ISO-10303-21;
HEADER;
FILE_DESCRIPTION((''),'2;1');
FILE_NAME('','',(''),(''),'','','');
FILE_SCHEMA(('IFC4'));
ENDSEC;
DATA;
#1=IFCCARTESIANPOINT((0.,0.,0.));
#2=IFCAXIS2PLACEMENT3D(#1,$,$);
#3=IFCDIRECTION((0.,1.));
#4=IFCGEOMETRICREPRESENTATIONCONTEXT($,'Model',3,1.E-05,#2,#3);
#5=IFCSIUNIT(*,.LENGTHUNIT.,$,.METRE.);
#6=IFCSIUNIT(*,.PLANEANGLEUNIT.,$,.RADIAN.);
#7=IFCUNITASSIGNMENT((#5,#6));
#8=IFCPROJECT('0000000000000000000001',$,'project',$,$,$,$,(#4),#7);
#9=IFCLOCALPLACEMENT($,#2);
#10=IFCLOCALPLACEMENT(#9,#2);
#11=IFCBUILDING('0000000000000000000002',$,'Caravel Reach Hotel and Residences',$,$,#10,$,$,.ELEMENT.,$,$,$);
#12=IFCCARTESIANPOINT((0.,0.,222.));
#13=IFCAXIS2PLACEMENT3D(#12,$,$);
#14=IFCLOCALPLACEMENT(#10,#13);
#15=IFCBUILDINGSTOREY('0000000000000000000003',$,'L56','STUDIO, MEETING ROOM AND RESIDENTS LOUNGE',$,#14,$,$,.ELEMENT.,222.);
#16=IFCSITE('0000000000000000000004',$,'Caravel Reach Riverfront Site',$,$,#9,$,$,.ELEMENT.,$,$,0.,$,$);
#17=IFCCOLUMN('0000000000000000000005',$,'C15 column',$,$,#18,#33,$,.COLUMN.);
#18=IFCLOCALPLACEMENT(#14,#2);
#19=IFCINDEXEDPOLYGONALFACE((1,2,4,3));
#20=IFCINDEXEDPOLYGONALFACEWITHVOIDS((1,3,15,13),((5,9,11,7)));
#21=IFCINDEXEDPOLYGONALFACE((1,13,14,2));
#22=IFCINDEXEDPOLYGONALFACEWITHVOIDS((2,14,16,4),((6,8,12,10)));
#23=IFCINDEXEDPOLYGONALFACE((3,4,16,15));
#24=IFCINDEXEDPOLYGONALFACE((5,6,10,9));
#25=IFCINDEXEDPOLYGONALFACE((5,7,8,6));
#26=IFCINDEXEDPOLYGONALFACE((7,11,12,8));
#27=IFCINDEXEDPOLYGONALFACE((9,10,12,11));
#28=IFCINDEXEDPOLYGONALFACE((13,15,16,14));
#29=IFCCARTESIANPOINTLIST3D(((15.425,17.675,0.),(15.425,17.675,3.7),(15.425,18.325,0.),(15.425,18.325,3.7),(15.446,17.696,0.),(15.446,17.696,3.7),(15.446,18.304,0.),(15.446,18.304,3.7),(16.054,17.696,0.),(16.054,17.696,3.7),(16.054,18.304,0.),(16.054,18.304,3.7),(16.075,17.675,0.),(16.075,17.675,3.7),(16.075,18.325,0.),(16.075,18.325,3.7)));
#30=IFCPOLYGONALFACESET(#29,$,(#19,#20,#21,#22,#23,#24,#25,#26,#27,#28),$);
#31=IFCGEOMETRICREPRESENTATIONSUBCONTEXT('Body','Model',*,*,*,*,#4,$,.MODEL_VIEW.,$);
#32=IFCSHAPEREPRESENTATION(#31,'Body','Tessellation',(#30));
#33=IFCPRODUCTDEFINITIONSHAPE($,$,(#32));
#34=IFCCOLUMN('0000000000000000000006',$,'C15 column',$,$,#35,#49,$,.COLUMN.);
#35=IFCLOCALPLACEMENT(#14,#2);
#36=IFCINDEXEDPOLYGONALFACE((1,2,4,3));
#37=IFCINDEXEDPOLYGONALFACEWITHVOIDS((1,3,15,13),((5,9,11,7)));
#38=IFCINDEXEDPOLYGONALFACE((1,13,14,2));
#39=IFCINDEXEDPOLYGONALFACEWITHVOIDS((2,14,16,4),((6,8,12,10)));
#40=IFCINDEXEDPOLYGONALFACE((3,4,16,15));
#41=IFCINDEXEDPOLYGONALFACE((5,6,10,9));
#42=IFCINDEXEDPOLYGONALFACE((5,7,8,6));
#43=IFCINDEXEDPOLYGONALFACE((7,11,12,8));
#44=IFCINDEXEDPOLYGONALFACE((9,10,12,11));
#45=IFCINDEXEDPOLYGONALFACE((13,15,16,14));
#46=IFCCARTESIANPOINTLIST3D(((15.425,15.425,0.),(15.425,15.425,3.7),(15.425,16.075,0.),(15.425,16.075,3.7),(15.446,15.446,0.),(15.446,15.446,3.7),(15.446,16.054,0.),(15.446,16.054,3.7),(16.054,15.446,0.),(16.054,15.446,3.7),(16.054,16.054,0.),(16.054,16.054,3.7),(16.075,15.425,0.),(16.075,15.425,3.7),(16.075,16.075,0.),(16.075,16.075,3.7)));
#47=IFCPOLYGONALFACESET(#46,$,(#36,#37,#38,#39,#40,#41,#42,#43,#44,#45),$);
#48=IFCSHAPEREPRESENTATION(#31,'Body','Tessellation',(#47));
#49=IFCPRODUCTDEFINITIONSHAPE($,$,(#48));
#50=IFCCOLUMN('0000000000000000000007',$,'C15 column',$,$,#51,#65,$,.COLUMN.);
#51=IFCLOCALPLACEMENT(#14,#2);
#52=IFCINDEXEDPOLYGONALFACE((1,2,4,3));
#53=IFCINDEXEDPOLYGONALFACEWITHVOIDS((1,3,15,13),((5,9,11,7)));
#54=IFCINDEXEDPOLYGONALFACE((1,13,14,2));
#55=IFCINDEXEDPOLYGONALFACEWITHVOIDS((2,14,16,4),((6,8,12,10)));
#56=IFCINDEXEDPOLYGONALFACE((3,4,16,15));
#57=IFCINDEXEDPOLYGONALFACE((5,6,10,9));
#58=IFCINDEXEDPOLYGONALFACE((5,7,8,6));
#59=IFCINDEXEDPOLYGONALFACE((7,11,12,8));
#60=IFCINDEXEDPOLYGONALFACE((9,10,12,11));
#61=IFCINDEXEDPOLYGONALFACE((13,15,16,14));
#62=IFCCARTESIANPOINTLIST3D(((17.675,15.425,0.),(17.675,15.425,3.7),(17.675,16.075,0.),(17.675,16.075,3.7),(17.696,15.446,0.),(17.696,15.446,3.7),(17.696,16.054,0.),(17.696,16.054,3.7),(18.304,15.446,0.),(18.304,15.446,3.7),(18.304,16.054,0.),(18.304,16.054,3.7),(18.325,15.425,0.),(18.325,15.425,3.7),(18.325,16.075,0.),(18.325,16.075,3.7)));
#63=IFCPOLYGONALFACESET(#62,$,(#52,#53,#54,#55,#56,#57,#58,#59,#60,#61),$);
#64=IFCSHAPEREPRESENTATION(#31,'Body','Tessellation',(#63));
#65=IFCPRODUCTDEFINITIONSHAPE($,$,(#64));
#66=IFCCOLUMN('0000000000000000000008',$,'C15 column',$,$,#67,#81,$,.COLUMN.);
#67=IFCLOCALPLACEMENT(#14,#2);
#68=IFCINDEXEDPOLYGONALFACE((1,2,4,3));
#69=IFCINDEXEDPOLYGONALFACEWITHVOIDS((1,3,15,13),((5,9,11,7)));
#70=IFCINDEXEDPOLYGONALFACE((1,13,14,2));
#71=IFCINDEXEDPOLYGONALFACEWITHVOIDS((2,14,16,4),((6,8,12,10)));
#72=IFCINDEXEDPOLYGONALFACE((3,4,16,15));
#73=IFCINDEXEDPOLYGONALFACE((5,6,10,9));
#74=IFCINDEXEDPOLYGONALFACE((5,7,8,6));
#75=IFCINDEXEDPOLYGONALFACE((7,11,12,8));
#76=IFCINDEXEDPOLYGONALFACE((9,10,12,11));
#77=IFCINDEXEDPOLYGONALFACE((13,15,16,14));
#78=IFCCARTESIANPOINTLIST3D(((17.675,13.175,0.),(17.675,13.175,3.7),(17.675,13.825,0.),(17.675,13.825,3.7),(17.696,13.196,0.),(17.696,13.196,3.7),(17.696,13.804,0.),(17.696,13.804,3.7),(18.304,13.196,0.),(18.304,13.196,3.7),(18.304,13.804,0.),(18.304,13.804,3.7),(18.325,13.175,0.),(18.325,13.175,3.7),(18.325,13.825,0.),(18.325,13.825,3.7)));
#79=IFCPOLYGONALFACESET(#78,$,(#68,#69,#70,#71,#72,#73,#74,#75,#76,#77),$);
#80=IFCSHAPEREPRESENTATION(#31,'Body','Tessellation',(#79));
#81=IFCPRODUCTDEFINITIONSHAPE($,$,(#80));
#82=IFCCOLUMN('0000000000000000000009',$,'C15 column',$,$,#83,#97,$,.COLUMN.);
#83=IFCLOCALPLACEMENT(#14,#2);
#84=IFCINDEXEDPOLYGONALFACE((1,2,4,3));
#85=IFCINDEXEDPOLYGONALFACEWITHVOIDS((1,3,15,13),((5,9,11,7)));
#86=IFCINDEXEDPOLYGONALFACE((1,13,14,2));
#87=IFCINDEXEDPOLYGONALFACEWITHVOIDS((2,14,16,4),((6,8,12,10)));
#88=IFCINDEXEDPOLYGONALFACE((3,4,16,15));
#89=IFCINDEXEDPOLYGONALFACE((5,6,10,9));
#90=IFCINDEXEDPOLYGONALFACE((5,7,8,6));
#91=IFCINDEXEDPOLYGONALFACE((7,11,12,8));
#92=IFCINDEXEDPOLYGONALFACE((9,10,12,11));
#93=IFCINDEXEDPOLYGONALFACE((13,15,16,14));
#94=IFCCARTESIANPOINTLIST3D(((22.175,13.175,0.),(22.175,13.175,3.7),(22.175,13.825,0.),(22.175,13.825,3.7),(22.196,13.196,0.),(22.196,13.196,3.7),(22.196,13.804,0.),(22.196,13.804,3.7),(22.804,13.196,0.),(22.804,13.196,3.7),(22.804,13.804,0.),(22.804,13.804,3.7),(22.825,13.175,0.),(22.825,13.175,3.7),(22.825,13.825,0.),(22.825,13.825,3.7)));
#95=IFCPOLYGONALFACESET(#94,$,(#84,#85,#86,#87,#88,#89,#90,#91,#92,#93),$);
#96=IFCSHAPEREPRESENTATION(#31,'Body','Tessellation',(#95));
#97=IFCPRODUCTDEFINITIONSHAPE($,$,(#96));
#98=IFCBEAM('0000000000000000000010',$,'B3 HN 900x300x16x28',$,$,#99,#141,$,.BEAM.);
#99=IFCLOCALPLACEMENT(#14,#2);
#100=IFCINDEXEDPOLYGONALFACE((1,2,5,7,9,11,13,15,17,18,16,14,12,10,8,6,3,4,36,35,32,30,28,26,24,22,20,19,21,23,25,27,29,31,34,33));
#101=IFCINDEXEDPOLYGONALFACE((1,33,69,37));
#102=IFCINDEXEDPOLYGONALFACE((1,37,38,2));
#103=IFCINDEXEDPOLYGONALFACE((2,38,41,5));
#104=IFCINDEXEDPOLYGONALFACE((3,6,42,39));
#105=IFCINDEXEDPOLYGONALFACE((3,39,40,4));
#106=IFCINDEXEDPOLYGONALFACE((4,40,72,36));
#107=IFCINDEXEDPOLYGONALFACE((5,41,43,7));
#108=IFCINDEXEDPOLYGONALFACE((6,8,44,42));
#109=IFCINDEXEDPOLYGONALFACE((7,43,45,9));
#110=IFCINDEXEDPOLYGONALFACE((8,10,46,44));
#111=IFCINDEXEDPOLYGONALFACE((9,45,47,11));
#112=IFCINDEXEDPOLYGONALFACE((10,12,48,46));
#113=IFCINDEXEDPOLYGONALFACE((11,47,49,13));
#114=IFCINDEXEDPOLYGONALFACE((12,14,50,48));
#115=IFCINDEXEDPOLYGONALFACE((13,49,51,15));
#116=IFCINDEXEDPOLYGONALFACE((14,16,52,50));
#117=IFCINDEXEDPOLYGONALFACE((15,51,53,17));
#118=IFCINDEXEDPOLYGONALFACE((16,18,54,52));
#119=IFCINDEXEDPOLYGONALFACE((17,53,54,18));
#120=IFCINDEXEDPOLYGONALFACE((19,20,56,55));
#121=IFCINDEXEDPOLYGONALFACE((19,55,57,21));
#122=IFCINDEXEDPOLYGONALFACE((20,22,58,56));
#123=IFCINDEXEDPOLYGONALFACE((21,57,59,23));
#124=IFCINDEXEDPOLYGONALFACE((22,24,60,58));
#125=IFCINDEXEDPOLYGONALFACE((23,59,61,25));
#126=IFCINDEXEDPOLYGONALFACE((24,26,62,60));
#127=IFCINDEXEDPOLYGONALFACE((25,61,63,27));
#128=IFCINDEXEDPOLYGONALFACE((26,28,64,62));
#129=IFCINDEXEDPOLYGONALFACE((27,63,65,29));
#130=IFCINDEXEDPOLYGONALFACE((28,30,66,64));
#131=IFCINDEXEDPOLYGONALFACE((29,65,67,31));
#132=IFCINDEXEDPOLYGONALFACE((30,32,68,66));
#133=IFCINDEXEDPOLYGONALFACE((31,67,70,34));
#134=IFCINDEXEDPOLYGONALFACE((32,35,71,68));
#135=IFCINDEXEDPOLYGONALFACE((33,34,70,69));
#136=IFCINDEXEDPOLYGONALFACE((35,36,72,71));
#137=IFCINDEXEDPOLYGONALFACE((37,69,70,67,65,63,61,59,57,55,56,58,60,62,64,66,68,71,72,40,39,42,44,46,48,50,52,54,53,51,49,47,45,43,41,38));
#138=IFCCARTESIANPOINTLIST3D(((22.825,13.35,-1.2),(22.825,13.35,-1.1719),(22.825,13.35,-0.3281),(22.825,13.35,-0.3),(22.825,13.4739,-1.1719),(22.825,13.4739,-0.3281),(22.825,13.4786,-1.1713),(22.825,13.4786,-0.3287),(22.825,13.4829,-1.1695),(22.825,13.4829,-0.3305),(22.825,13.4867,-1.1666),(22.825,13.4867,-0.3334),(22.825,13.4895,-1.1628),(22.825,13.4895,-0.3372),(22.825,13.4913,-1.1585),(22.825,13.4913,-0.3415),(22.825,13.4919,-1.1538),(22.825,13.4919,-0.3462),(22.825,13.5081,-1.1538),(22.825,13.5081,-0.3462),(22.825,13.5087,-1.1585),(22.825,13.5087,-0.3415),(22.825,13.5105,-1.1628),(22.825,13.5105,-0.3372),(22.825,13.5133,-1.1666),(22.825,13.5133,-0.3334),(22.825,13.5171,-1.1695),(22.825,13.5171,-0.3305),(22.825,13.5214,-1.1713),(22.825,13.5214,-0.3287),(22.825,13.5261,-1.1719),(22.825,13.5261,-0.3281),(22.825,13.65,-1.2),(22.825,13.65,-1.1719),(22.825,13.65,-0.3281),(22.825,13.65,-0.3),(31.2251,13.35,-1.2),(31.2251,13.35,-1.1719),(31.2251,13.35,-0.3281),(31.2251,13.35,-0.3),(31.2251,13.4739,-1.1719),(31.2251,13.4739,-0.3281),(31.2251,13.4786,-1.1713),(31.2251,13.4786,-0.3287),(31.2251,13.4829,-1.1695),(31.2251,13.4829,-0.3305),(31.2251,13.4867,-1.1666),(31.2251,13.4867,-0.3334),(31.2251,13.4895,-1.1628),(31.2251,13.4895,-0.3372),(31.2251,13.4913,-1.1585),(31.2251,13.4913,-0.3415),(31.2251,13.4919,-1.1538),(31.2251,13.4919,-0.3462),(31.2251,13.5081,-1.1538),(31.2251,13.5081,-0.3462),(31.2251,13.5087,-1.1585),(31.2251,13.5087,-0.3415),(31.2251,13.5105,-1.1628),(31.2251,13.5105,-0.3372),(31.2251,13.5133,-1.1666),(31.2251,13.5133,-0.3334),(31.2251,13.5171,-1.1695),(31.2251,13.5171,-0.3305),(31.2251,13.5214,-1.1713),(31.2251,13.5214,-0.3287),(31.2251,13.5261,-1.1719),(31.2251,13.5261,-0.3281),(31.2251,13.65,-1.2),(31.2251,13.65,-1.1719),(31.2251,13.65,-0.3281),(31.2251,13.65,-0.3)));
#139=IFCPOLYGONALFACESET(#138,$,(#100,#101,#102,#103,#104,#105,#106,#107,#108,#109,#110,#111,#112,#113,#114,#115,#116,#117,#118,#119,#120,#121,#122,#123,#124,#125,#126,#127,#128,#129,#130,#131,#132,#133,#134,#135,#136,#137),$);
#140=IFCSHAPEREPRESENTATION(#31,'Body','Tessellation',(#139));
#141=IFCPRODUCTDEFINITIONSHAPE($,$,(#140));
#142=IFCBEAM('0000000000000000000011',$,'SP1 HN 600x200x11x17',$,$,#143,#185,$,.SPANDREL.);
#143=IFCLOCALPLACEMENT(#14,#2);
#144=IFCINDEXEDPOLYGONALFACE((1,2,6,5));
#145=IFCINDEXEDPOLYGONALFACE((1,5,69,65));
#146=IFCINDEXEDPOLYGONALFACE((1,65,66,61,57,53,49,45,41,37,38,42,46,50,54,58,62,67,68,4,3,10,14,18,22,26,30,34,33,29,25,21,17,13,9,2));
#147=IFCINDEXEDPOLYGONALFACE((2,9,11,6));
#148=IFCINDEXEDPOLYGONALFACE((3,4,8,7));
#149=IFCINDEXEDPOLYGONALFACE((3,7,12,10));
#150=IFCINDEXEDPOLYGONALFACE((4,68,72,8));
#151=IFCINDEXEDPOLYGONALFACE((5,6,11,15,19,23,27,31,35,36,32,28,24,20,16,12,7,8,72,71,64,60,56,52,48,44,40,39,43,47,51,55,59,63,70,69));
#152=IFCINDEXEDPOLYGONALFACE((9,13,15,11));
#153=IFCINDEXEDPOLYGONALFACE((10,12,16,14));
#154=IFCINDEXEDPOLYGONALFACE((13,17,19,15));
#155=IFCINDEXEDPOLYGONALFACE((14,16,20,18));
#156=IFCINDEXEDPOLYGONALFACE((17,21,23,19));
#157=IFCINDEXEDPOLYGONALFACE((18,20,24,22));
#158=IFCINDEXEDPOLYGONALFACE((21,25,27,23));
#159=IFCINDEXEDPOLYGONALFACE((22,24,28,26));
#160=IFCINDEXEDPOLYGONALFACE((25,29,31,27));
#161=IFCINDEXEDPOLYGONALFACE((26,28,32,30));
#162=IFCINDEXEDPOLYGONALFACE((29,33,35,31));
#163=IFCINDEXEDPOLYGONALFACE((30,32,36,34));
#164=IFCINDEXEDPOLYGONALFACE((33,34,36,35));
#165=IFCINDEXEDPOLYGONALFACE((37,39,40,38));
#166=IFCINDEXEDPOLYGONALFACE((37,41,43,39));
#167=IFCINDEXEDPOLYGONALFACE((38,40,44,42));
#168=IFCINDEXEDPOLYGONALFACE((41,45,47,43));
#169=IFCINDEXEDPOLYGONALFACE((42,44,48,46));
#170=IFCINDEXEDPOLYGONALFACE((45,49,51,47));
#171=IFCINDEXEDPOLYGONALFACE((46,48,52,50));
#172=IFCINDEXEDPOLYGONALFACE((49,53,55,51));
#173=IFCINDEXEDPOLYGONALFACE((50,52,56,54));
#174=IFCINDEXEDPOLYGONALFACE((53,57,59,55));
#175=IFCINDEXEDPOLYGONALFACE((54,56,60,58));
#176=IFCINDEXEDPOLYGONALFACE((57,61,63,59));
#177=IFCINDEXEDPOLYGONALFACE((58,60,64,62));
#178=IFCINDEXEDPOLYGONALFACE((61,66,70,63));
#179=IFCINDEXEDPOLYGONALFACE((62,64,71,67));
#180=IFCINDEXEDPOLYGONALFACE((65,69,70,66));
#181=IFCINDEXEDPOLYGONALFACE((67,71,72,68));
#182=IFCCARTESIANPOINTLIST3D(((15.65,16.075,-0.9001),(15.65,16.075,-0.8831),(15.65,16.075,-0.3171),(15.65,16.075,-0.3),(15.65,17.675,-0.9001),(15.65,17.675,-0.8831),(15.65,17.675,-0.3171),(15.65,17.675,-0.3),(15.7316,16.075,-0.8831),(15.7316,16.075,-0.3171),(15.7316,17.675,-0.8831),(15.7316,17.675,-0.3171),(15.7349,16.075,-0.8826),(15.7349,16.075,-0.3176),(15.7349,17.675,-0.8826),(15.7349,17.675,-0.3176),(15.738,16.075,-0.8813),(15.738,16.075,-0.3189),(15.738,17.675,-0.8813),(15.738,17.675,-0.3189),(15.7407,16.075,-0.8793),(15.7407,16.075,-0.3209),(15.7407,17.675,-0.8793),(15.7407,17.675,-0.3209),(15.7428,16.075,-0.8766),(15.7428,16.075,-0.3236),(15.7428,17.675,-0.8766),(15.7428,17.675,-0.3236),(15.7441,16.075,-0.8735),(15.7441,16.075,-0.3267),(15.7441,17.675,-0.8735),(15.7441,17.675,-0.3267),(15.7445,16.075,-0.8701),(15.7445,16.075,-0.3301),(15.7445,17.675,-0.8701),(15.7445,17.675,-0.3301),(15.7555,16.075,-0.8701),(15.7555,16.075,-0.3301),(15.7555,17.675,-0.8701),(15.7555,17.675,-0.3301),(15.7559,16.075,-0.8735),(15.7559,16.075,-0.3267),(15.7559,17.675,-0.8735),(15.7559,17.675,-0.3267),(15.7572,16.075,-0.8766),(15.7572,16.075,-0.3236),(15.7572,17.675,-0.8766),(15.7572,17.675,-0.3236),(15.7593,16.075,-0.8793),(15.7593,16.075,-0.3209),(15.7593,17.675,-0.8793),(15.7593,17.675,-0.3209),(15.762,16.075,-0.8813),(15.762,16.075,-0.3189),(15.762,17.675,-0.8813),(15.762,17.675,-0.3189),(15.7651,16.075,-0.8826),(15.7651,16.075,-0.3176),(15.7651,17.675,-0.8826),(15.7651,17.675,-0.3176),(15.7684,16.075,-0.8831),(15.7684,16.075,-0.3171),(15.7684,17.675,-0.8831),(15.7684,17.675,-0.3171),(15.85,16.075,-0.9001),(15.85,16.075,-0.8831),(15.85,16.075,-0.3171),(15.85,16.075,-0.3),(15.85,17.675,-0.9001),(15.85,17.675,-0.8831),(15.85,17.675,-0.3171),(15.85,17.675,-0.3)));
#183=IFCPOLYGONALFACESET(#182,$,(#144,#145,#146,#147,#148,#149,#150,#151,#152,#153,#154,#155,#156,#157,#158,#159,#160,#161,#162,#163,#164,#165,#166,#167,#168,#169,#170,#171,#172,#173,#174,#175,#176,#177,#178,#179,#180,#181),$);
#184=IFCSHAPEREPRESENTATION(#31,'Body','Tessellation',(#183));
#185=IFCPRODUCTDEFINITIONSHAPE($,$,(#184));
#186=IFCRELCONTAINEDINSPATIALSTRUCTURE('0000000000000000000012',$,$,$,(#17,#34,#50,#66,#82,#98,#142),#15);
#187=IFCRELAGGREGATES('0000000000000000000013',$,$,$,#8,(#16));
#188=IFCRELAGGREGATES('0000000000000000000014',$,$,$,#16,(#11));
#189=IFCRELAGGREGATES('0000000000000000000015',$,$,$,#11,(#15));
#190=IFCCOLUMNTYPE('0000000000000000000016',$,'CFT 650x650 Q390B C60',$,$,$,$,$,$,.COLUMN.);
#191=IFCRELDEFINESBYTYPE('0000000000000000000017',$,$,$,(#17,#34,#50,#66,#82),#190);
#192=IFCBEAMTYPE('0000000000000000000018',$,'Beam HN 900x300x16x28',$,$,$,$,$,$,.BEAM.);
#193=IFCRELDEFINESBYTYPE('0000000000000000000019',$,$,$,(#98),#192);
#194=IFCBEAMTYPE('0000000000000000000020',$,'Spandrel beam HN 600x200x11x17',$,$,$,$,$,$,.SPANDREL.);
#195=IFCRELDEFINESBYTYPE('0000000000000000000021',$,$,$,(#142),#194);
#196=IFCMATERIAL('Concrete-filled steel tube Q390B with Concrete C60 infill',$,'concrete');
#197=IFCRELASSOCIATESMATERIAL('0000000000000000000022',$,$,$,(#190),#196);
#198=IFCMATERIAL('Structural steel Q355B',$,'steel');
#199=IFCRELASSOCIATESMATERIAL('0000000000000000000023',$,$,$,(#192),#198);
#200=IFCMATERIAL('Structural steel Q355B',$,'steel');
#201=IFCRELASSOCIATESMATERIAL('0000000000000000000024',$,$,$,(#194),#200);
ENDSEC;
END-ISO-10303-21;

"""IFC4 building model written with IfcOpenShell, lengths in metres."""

from ifc_helpers import new_model, si_unit, direction, frame, origin, origin_2d, place, context, subcontext, project, spatial, hollow_rectangle, i_section, extrude, material, material_profile, profile_set, type_object, element, save


model = new_model("IFC4")

# Units and contexts
model_context = context("Model", 3, precision=1e-05, world=origin(), true_north=direction((0.0, 1.0)))
body_context = subcontext(model_context, "Body", "Model", "MODEL_VIEW")
ifc_project = project(units=[si_unit("LENGTHUNIT", "METRE"), si_unit("PLANEANGLEUNIT", "RADIAN")], contexts=[model_context])

# Site, building, storey
site_placement = place(None, origin())
site = spatial("IfcSite", under=ifc_project, at=site_placement, Name="Caravel Reach Riverfront Site", CompositionType="ELEMENT", RefElevation=0.0)
building_placement = place(site_placement, origin())
building = spatial("IfcBuilding", under=site, at=building_placement, Name="Caravel Reach Hotel and Residences", CompositionType="ELEMENT")
storey_placement = place(building_placement, frame((0.0, 0.0, 222.0)))
storey = spatial("IfcBuildingStorey", under=building, at=storey_placement, Name="L56", Description="STUDIO, MEETING ROOM AND RESIDENTS LOUNGE", CompositionType="ELEMENT", Elevation=222.0)

# Columns
ifc_material_1 = material(Name="Concrete-filled steel tube Q390B with Concrete C60 infill", Category="concrete")
ifc_material_profile_1 = material_profile(ifc_material_1, hollow_rectangle(XDim=0.6499, YDim=0.6499, WallThickness=0.021, at=origin_2d()), Name="RHS 650x650x21")
ifc_profile_set_1 = profile_set([ifc_material_profile_1], Name="Concrete-filled steel tube Q390B with Concrete C60 infill")
column_type = type_object("IfcColumnType", Name="CFT 650x650 Q390B C60", PredefinedType="COLUMN", material=ifc_profile_set_1)
for number, where, z_axis, x_axis, name in (
    (1, (15.75, 18.0, 0.0), (0.0, 0.0, 1.0), (1.0, 0.0, 0.0), "C15 column"),
    (2, (15.75, 15.75, 0.0), (0.0, 0.0, 1.0), (1.0, 0.0, 0.0), "C15 column"),
    (3, (18.0, 15.75, 0.0), (0.0, 0.0, 1.0), (1.0, 0.0, 0.0), "C15 column"),
    (4, (18.0, 13.5, 0.0), (0.0, 0.0, 1.0), (1.0, 0.0, 0.0), "C15 column"),
    (5, (22.5, 13.5, 0.0), (0.0, 0.0, 1.0), (1.0, 0.0, 0.0), "C15 column"),
):
    element("IfcColumn", number, at=place(storey_placement, frame(where, z_axis=z_axis, x_axis=x_axis)), inside=storey, type_object=column_type, Name=name, PredefinedType="COLUMN", context=body_context, shape_type="SweptSolid", body=[
        extrude(hollow_rectangle(XDim=0.6499, YDim=0.6499, WallThickness=0.021, at=origin_2d()), origin(), (0.0, 0.0, 1.0), 3.7),
    ])

# Beams
ifc_material_2 = material(Name="Structural steel Q355B", Category="steel")
ifc_material_profile_2 = material_profile(ifc_material_2, i_section(OverallWidth=0.3, OverallDepth=0.8999, WebThickness=0.0161, FlangeThickness=0.0281, FilletRadius=0.0181, at=origin_2d()), Name="HN 900x300x16x28")
ifc_profile_set_2 = profile_set([ifc_material_profile_2], Name="Structural steel Q355B")
beam_type_1 = type_object("IfcBeamType", Name="Beam HN 900x300x16x28", PredefinedType="BEAM", material=ifc_profile_set_2)
beam_1_placement = place(storey_placement, frame((22.825, 13.5, -0.75), z_axis=(1.0, 0.0, 0.0), x_axis=(0.0, 1.0, 0.0)))
element("IfcBeam", 6, at=beam_1_placement, inside=storey, type_object=beam_type_1, Name="B3 HN 900x300x16x28", PredefinedType="BEAM", context=body_context, shape_type="SweptSolid", body=[
    extrude(i_section(OverallWidth=0.3, OverallDepth=0.8999, WebThickness=0.0161, FlangeThickness=0.0281, FilletRadius=0.0181, at=origin_2d()), origin(), (0.0, 0.0, 1.0), 8.4001),
])
ifc_material_3 = material(Name="Structural steel Q355B", Category="steel")
ifc_material_profile_3 = material_profile(ifc_material_3, i_section(OverallWidth=0.2, OverallDepth=0.6001, WebThickness=0.011, FlangeThickness=0.0171, FilletRadius=0.0129, at=origin_2d()), Name="HN 600x200x11x17")
ifc_profile_set_3 = profile_set([ifc_material_profile_3], Name="Structural steel Q355B")
beam_type_2 = type_object("IfcBeamType", Name="Spandrel beam HN 600x200x11x17", PredefinedType="SPANDREL", material=ifc_profile_set_3)
for number, where, z_axis, x_axis, name in (
    (7, (15.75, 17.675, -0.6001), (0.0, -1.0, 0.0), (1.0, 0.0, 0.0), "SP1 HN 600x200x11x17"),
):
    element("IfcBeam", number, at=place(storey_placement, frame(where, z_axis=z_axis, x_axis=x_axis)), inside=storey, type_object=beam_type_2, Name=name, PredefinedType="SPANDREL", context=body_context, shape_type="SweptSolid", body=[
        extrude(i_section(OverallWidth=0.2, OverallDepth=0.6001, WebThickness=0.011, FlangeThickness=0.0171, FilletRadius=0.0129, at=origin_2d()), origin(), (0.0, 0.0, 1.0), 1.6001),
    ])

save(model, "model.ifc")
